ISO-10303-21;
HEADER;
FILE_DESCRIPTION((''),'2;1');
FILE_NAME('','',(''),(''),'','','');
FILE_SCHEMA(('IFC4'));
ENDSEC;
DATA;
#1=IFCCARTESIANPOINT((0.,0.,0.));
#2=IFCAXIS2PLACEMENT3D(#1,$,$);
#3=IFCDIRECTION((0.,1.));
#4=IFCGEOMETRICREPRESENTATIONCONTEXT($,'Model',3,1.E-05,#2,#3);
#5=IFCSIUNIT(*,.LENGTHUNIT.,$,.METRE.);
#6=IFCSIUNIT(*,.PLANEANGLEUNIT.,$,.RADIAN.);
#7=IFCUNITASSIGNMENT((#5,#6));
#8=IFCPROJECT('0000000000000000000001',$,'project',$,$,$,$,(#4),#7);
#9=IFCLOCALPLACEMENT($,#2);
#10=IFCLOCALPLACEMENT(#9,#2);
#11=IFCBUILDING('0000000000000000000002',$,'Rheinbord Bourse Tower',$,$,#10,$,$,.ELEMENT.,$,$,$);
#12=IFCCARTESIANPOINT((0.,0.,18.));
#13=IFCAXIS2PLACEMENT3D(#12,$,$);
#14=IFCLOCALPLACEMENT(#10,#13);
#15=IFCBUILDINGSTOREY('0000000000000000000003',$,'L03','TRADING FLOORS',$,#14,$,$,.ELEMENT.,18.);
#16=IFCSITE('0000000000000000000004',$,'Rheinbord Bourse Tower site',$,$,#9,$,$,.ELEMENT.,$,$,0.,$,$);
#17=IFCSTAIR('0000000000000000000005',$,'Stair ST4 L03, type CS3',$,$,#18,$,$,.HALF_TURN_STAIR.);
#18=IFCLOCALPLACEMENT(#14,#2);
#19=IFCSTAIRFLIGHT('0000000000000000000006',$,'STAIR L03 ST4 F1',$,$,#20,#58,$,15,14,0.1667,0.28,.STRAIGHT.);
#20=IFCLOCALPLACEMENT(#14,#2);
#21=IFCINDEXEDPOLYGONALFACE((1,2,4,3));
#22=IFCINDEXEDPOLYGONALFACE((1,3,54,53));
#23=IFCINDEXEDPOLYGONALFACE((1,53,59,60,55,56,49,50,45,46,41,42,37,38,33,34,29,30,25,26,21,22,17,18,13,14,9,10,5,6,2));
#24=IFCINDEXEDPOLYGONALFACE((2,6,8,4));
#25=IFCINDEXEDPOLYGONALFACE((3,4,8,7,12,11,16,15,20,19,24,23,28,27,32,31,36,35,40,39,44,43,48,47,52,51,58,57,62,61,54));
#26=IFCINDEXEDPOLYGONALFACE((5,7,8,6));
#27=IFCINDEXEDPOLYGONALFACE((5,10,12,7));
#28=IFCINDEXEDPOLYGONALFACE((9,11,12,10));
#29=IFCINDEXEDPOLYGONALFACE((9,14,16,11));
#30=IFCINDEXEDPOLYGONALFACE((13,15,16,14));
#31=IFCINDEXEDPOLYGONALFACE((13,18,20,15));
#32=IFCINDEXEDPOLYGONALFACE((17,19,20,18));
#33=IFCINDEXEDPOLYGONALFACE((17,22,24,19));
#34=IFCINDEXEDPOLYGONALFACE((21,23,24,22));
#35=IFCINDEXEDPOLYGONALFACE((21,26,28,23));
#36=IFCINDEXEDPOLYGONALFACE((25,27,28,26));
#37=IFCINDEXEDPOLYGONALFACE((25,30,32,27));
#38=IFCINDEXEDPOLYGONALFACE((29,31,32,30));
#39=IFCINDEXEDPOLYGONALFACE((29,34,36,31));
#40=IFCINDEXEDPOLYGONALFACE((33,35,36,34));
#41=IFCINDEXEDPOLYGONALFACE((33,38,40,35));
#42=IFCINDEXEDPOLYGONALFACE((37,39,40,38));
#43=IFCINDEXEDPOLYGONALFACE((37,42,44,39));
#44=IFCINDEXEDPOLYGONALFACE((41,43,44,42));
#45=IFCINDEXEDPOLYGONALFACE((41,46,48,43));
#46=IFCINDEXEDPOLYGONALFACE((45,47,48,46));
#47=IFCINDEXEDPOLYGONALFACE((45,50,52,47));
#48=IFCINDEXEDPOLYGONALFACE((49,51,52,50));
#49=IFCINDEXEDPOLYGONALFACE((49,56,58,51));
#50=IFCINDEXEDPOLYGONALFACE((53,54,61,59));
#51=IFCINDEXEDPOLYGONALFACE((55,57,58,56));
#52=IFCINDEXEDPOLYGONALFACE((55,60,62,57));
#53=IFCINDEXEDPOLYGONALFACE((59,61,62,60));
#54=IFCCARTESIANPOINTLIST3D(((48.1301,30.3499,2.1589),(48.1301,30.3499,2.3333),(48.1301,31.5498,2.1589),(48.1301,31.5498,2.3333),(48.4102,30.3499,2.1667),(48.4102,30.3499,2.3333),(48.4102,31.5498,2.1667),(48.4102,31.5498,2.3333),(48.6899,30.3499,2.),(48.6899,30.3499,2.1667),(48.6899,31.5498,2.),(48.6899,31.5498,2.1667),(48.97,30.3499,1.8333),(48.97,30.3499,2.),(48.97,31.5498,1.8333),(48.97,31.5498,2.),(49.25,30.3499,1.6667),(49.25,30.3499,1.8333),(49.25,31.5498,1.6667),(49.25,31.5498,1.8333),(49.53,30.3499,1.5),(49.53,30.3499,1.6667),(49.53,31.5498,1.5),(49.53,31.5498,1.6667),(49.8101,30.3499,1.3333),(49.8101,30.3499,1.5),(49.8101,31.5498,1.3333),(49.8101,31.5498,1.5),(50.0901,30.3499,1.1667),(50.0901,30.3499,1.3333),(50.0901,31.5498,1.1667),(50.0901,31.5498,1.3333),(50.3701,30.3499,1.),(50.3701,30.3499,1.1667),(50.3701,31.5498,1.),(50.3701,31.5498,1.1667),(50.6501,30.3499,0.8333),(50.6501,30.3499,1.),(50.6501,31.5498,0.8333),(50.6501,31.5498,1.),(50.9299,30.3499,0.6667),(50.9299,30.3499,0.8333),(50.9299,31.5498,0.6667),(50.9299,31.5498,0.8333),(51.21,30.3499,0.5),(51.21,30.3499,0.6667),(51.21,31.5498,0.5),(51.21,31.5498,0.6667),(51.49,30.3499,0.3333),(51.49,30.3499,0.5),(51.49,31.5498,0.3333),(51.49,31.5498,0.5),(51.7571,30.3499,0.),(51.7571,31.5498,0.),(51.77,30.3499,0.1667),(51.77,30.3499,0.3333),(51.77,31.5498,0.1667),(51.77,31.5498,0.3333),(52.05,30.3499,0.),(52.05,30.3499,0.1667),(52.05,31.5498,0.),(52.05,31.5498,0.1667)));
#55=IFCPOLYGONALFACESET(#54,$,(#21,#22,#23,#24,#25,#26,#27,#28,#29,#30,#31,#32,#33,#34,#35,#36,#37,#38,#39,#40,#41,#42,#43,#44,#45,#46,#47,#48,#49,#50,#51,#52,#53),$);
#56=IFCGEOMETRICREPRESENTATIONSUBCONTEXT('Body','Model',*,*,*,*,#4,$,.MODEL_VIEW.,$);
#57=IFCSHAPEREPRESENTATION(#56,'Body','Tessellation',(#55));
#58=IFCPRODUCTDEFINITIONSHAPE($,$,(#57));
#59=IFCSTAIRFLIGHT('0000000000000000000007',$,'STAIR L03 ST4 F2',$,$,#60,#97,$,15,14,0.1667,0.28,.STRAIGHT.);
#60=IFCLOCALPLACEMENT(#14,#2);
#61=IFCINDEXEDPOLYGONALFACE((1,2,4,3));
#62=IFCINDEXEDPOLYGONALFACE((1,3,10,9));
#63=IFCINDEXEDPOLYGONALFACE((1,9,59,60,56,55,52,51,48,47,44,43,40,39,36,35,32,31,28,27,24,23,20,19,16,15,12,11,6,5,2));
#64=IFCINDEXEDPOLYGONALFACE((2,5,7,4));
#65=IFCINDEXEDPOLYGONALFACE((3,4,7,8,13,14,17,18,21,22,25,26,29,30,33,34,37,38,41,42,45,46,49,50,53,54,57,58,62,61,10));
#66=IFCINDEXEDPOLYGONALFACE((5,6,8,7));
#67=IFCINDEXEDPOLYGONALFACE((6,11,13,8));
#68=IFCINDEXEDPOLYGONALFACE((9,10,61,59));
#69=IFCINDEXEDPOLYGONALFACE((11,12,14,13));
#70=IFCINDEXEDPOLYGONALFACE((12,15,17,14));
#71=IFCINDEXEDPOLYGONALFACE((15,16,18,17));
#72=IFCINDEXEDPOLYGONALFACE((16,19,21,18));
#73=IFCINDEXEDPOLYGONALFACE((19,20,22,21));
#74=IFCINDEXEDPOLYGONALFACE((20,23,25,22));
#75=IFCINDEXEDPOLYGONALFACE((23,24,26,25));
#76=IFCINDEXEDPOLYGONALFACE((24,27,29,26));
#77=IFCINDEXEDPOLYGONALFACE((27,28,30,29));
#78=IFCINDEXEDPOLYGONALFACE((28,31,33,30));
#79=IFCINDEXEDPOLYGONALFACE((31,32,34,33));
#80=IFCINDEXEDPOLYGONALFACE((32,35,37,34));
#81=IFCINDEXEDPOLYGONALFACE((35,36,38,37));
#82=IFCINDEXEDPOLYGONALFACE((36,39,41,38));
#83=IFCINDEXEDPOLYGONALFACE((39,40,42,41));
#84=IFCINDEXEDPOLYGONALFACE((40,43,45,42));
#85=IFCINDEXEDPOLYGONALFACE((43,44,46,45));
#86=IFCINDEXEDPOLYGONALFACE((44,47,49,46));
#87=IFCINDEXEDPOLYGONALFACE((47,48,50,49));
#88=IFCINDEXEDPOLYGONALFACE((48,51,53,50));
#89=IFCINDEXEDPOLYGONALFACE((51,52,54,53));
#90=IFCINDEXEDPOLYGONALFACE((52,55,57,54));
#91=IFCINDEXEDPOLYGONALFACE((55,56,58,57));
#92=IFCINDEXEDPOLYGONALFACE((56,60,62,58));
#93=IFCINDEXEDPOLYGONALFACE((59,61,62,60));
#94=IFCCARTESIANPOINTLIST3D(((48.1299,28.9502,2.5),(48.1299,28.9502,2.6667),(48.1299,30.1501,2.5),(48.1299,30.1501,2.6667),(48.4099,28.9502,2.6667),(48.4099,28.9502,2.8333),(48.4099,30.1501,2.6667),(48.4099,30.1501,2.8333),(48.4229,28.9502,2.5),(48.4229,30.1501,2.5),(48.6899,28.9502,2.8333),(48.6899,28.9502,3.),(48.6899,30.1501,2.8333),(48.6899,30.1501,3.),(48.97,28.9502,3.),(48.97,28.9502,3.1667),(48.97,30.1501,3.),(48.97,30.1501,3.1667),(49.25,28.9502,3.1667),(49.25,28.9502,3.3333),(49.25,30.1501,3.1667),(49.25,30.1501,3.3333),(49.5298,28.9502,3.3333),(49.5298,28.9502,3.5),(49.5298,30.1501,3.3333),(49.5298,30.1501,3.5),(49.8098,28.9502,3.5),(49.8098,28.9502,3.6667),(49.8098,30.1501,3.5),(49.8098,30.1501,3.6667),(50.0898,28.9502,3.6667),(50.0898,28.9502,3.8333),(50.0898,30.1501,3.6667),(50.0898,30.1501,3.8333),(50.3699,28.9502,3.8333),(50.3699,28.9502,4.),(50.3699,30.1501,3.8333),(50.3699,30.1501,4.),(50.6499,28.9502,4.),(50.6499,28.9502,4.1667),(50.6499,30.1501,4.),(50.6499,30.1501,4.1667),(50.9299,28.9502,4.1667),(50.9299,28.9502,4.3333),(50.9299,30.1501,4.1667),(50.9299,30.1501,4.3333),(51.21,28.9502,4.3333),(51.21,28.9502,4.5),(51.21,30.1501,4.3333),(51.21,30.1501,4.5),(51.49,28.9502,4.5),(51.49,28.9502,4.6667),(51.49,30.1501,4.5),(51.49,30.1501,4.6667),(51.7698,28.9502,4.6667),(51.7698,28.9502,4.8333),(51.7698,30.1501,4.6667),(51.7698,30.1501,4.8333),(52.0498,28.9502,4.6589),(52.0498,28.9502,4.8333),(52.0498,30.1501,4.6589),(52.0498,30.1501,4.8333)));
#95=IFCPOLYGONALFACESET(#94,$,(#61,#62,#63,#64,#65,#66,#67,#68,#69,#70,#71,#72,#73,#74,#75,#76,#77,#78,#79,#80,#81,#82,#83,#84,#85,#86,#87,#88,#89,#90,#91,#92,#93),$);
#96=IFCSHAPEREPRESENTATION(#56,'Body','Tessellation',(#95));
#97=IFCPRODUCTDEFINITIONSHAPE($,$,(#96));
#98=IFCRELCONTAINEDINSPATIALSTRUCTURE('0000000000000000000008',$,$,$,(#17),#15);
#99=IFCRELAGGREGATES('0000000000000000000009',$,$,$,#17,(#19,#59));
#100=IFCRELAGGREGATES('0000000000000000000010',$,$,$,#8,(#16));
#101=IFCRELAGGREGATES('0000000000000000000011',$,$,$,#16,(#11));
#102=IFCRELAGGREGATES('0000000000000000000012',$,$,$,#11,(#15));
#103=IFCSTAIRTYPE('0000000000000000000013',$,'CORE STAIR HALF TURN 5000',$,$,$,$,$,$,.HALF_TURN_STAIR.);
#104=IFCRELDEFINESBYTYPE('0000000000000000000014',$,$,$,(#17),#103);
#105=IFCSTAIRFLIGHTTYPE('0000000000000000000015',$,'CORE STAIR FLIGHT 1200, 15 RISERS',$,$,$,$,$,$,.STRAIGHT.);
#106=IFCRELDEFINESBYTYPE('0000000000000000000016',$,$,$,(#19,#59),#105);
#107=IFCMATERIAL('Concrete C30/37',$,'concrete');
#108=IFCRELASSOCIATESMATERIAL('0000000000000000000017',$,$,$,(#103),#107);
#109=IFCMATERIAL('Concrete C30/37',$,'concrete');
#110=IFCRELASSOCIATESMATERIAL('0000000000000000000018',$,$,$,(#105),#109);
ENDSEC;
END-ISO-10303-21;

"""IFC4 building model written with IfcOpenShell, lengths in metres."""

from ifc_helpers import new_model, si_unit, direction, frame, origin, place, context, subcontext, project, spatial, polyline, outline, extrude, material, type_object, element, aggregate, save


model = new_model("IFC4")

# Units and contexts
model_context = context("Model", 3, precision=1e-05, world=origin(), true_north=direction((0.0, 1.0)))
body_context = subcontext(model_context, "Body", "Model", "MODEL_VIEW")
ifc_project = project(units=[si_unit("LENGTHUNIT", "METRE"), si_unit("PLANEANGLEUNIT", "RADIAN")], contexts=[model_context])

# Site, building, storey
site_placement = place(None, origin())
site = spatial("IfcSite", under=ifc_project, at=site_placement, Name="Rheinbord Bourse Tower site", CompositionType="ELEMENT", RefElevation=0.0)
building_placement = place(site_placement, origin())
building = spatial("IfcBuilding", under=site, at=building_placement, Name="Rheinbord Bourse Tower", CompositionType="ELEMENT")
storey_placement = place(building_placement, frame((0.0, 0.0, 18.0)))
storey = spatial("IfcBuildingStorey", under=building, at=storey_placement, Name="L03", Description="TRADING FLOORS", CompositionType="ELEMENT", Elevation=18.0)

# Shared definitions
ifc_material_1 = material(Name="Concrete C30/37", Category="concrete")
stair_type = type_object("IfcStairType", Name="CORE STAIR HALF TURN 5000", PredefinedType="HALF_TURN_STAIR", material=ifc_material_1)
ifc_material_2 = material(Name="Concrete C30/37", Category="concrete")
stair_flight_type = type_object("IfcStairFlightType", Name="CORE STAIR FLIGHT 1200, 15 RISERS", PredefinedType="STRAIGHT", material=ifc_material_2)

# Stair, stair flights
stair_1_placement = place(storey_placement, origin())
stair_1 = element("IfcStair", 1, at=stair_1_placement, inside=storey, type_object=stair_type, Name="Stair ST4 L03, type CS3", PredefinedType="HALF_TURN_STAIR")
stair_flight_1_placement = place(storey_placement, frame((52.05, 30.95, 0.0), z_axis=(0.0, 0.0, 1.0), x_axis=(-1.0, 0.0, 0.0)))
stair_flight_1 = element("IfcStairFlight", 2, at=stair_flight_1_placement, type_object=stair_flight_type, Name="STAIR L03 ST4 F1", NumberOfRisers=15, NumberOfTreads=14, PredefinedType="STRAIGHT", RiserHeight=0.1667, TreadLength=0.28, context=body_context, shape_type="SweptSolid", body=[
    extrude(outline(polyline([(0.0, 0.0), (0.0, 0.1667), (0.28, 0.1667), (0.28, 0.3333), (0.5601, 0.3333), (0.5601, 0.5), (0.8401, 0.5), (0.8401, 0.6667), (1.1201, 0.6667), (1.1201, 0.8333), (1.3999, 0.8333), (1.3999, 1.0), (1.6799, 1.0), (1.6799, 1.1667), (1.96, 1.1667), (1.96, 1.3333), (2.24, 1.3333), (2.24, 1.5), (2.52, 1.5), (2.52, 1.6667), (2.8, 1.6667), (2.8, 1.8333), (3.0801, 1.8333), (3.0801, 2.0), (3.3601, 2.0), (3.3601, 2.1667), (3.6399, 2.1667), (3.6399, 2.3333), (3.9199, 2.3333), (3.9199, 2.5), (3.9199, 2.1589), (0.293, 0.0), (0.0, 0.0)])), frame((0.0, 0.6001, 0.0), z_axis=(0.0, -1.0, 0.0), x_axis=(1.0, 0.0, 0.0)), (0.0, 0.0, 1.0), 1.2),
])
stair_flight_2_placement = place(storey_placement, frame((48.1299, 29.55, 2.5), z_axis=(0.0, 0.0, 1.0), x_axis=(1.0, 0.0, 0.0)))
stair_flight_2 = element("IfcStairFlight", 3, at=stair_flight_2_placement, type_object=stair_flight_type, Name="STAIR L03 ST4 F2", NumberOfRisers=15, NumberOfTreads=14, PredefinedType="STRAIGHT", RiserHeight=0.1667, TreadLength=0.28, context=body_context, shape_type="SweptSolid", body=[
    extrude(outline(polyline([(0.0, 0.0), (0.0, 0.1667), (0.28, 0.1667), (0.28, 0.3333), (0.5601, 0.3333), (0.5601, 0.5), (0.8401, 0.5), (0.8401, 0.6667), (1.1201, 0.6667), (1.1201, 0.8333), (1.3999, 0.8333), (1.3999, 1.0), (1.6799, 1.0), (1.6799, 1.1667), (1.96, 1.1667), (1.96, 1.3333), (2.24, 1.3333), (2.24, 1.5), (2.52, 1.5), (2.52, 1.6667), (2.8, 1.6667), (2.8, 1.8333), (3.0801, 1.8333), (3.0801, 2.0), (3.3601, 2.0), (3.3601, 2.1667), (3.6399, 2.1667), (3.6399, 2.3333), (3.9199, 2.3333), (3.9199, 2.5), (3.9199, 2.1589), (0.293, 0.0), (0.0, 0.0)])), frame((0.0, 0.6001, 0.0), z_axis=(0.0, -1.0, 0.0), x_axis=(1.0, 0.0, 0.0)), (0.0, 0.0, 1.0), 1.2),
])
aggregate(stair_1, [stair_flight_1, stair_flight_2])

save(model, "model.ifc")
